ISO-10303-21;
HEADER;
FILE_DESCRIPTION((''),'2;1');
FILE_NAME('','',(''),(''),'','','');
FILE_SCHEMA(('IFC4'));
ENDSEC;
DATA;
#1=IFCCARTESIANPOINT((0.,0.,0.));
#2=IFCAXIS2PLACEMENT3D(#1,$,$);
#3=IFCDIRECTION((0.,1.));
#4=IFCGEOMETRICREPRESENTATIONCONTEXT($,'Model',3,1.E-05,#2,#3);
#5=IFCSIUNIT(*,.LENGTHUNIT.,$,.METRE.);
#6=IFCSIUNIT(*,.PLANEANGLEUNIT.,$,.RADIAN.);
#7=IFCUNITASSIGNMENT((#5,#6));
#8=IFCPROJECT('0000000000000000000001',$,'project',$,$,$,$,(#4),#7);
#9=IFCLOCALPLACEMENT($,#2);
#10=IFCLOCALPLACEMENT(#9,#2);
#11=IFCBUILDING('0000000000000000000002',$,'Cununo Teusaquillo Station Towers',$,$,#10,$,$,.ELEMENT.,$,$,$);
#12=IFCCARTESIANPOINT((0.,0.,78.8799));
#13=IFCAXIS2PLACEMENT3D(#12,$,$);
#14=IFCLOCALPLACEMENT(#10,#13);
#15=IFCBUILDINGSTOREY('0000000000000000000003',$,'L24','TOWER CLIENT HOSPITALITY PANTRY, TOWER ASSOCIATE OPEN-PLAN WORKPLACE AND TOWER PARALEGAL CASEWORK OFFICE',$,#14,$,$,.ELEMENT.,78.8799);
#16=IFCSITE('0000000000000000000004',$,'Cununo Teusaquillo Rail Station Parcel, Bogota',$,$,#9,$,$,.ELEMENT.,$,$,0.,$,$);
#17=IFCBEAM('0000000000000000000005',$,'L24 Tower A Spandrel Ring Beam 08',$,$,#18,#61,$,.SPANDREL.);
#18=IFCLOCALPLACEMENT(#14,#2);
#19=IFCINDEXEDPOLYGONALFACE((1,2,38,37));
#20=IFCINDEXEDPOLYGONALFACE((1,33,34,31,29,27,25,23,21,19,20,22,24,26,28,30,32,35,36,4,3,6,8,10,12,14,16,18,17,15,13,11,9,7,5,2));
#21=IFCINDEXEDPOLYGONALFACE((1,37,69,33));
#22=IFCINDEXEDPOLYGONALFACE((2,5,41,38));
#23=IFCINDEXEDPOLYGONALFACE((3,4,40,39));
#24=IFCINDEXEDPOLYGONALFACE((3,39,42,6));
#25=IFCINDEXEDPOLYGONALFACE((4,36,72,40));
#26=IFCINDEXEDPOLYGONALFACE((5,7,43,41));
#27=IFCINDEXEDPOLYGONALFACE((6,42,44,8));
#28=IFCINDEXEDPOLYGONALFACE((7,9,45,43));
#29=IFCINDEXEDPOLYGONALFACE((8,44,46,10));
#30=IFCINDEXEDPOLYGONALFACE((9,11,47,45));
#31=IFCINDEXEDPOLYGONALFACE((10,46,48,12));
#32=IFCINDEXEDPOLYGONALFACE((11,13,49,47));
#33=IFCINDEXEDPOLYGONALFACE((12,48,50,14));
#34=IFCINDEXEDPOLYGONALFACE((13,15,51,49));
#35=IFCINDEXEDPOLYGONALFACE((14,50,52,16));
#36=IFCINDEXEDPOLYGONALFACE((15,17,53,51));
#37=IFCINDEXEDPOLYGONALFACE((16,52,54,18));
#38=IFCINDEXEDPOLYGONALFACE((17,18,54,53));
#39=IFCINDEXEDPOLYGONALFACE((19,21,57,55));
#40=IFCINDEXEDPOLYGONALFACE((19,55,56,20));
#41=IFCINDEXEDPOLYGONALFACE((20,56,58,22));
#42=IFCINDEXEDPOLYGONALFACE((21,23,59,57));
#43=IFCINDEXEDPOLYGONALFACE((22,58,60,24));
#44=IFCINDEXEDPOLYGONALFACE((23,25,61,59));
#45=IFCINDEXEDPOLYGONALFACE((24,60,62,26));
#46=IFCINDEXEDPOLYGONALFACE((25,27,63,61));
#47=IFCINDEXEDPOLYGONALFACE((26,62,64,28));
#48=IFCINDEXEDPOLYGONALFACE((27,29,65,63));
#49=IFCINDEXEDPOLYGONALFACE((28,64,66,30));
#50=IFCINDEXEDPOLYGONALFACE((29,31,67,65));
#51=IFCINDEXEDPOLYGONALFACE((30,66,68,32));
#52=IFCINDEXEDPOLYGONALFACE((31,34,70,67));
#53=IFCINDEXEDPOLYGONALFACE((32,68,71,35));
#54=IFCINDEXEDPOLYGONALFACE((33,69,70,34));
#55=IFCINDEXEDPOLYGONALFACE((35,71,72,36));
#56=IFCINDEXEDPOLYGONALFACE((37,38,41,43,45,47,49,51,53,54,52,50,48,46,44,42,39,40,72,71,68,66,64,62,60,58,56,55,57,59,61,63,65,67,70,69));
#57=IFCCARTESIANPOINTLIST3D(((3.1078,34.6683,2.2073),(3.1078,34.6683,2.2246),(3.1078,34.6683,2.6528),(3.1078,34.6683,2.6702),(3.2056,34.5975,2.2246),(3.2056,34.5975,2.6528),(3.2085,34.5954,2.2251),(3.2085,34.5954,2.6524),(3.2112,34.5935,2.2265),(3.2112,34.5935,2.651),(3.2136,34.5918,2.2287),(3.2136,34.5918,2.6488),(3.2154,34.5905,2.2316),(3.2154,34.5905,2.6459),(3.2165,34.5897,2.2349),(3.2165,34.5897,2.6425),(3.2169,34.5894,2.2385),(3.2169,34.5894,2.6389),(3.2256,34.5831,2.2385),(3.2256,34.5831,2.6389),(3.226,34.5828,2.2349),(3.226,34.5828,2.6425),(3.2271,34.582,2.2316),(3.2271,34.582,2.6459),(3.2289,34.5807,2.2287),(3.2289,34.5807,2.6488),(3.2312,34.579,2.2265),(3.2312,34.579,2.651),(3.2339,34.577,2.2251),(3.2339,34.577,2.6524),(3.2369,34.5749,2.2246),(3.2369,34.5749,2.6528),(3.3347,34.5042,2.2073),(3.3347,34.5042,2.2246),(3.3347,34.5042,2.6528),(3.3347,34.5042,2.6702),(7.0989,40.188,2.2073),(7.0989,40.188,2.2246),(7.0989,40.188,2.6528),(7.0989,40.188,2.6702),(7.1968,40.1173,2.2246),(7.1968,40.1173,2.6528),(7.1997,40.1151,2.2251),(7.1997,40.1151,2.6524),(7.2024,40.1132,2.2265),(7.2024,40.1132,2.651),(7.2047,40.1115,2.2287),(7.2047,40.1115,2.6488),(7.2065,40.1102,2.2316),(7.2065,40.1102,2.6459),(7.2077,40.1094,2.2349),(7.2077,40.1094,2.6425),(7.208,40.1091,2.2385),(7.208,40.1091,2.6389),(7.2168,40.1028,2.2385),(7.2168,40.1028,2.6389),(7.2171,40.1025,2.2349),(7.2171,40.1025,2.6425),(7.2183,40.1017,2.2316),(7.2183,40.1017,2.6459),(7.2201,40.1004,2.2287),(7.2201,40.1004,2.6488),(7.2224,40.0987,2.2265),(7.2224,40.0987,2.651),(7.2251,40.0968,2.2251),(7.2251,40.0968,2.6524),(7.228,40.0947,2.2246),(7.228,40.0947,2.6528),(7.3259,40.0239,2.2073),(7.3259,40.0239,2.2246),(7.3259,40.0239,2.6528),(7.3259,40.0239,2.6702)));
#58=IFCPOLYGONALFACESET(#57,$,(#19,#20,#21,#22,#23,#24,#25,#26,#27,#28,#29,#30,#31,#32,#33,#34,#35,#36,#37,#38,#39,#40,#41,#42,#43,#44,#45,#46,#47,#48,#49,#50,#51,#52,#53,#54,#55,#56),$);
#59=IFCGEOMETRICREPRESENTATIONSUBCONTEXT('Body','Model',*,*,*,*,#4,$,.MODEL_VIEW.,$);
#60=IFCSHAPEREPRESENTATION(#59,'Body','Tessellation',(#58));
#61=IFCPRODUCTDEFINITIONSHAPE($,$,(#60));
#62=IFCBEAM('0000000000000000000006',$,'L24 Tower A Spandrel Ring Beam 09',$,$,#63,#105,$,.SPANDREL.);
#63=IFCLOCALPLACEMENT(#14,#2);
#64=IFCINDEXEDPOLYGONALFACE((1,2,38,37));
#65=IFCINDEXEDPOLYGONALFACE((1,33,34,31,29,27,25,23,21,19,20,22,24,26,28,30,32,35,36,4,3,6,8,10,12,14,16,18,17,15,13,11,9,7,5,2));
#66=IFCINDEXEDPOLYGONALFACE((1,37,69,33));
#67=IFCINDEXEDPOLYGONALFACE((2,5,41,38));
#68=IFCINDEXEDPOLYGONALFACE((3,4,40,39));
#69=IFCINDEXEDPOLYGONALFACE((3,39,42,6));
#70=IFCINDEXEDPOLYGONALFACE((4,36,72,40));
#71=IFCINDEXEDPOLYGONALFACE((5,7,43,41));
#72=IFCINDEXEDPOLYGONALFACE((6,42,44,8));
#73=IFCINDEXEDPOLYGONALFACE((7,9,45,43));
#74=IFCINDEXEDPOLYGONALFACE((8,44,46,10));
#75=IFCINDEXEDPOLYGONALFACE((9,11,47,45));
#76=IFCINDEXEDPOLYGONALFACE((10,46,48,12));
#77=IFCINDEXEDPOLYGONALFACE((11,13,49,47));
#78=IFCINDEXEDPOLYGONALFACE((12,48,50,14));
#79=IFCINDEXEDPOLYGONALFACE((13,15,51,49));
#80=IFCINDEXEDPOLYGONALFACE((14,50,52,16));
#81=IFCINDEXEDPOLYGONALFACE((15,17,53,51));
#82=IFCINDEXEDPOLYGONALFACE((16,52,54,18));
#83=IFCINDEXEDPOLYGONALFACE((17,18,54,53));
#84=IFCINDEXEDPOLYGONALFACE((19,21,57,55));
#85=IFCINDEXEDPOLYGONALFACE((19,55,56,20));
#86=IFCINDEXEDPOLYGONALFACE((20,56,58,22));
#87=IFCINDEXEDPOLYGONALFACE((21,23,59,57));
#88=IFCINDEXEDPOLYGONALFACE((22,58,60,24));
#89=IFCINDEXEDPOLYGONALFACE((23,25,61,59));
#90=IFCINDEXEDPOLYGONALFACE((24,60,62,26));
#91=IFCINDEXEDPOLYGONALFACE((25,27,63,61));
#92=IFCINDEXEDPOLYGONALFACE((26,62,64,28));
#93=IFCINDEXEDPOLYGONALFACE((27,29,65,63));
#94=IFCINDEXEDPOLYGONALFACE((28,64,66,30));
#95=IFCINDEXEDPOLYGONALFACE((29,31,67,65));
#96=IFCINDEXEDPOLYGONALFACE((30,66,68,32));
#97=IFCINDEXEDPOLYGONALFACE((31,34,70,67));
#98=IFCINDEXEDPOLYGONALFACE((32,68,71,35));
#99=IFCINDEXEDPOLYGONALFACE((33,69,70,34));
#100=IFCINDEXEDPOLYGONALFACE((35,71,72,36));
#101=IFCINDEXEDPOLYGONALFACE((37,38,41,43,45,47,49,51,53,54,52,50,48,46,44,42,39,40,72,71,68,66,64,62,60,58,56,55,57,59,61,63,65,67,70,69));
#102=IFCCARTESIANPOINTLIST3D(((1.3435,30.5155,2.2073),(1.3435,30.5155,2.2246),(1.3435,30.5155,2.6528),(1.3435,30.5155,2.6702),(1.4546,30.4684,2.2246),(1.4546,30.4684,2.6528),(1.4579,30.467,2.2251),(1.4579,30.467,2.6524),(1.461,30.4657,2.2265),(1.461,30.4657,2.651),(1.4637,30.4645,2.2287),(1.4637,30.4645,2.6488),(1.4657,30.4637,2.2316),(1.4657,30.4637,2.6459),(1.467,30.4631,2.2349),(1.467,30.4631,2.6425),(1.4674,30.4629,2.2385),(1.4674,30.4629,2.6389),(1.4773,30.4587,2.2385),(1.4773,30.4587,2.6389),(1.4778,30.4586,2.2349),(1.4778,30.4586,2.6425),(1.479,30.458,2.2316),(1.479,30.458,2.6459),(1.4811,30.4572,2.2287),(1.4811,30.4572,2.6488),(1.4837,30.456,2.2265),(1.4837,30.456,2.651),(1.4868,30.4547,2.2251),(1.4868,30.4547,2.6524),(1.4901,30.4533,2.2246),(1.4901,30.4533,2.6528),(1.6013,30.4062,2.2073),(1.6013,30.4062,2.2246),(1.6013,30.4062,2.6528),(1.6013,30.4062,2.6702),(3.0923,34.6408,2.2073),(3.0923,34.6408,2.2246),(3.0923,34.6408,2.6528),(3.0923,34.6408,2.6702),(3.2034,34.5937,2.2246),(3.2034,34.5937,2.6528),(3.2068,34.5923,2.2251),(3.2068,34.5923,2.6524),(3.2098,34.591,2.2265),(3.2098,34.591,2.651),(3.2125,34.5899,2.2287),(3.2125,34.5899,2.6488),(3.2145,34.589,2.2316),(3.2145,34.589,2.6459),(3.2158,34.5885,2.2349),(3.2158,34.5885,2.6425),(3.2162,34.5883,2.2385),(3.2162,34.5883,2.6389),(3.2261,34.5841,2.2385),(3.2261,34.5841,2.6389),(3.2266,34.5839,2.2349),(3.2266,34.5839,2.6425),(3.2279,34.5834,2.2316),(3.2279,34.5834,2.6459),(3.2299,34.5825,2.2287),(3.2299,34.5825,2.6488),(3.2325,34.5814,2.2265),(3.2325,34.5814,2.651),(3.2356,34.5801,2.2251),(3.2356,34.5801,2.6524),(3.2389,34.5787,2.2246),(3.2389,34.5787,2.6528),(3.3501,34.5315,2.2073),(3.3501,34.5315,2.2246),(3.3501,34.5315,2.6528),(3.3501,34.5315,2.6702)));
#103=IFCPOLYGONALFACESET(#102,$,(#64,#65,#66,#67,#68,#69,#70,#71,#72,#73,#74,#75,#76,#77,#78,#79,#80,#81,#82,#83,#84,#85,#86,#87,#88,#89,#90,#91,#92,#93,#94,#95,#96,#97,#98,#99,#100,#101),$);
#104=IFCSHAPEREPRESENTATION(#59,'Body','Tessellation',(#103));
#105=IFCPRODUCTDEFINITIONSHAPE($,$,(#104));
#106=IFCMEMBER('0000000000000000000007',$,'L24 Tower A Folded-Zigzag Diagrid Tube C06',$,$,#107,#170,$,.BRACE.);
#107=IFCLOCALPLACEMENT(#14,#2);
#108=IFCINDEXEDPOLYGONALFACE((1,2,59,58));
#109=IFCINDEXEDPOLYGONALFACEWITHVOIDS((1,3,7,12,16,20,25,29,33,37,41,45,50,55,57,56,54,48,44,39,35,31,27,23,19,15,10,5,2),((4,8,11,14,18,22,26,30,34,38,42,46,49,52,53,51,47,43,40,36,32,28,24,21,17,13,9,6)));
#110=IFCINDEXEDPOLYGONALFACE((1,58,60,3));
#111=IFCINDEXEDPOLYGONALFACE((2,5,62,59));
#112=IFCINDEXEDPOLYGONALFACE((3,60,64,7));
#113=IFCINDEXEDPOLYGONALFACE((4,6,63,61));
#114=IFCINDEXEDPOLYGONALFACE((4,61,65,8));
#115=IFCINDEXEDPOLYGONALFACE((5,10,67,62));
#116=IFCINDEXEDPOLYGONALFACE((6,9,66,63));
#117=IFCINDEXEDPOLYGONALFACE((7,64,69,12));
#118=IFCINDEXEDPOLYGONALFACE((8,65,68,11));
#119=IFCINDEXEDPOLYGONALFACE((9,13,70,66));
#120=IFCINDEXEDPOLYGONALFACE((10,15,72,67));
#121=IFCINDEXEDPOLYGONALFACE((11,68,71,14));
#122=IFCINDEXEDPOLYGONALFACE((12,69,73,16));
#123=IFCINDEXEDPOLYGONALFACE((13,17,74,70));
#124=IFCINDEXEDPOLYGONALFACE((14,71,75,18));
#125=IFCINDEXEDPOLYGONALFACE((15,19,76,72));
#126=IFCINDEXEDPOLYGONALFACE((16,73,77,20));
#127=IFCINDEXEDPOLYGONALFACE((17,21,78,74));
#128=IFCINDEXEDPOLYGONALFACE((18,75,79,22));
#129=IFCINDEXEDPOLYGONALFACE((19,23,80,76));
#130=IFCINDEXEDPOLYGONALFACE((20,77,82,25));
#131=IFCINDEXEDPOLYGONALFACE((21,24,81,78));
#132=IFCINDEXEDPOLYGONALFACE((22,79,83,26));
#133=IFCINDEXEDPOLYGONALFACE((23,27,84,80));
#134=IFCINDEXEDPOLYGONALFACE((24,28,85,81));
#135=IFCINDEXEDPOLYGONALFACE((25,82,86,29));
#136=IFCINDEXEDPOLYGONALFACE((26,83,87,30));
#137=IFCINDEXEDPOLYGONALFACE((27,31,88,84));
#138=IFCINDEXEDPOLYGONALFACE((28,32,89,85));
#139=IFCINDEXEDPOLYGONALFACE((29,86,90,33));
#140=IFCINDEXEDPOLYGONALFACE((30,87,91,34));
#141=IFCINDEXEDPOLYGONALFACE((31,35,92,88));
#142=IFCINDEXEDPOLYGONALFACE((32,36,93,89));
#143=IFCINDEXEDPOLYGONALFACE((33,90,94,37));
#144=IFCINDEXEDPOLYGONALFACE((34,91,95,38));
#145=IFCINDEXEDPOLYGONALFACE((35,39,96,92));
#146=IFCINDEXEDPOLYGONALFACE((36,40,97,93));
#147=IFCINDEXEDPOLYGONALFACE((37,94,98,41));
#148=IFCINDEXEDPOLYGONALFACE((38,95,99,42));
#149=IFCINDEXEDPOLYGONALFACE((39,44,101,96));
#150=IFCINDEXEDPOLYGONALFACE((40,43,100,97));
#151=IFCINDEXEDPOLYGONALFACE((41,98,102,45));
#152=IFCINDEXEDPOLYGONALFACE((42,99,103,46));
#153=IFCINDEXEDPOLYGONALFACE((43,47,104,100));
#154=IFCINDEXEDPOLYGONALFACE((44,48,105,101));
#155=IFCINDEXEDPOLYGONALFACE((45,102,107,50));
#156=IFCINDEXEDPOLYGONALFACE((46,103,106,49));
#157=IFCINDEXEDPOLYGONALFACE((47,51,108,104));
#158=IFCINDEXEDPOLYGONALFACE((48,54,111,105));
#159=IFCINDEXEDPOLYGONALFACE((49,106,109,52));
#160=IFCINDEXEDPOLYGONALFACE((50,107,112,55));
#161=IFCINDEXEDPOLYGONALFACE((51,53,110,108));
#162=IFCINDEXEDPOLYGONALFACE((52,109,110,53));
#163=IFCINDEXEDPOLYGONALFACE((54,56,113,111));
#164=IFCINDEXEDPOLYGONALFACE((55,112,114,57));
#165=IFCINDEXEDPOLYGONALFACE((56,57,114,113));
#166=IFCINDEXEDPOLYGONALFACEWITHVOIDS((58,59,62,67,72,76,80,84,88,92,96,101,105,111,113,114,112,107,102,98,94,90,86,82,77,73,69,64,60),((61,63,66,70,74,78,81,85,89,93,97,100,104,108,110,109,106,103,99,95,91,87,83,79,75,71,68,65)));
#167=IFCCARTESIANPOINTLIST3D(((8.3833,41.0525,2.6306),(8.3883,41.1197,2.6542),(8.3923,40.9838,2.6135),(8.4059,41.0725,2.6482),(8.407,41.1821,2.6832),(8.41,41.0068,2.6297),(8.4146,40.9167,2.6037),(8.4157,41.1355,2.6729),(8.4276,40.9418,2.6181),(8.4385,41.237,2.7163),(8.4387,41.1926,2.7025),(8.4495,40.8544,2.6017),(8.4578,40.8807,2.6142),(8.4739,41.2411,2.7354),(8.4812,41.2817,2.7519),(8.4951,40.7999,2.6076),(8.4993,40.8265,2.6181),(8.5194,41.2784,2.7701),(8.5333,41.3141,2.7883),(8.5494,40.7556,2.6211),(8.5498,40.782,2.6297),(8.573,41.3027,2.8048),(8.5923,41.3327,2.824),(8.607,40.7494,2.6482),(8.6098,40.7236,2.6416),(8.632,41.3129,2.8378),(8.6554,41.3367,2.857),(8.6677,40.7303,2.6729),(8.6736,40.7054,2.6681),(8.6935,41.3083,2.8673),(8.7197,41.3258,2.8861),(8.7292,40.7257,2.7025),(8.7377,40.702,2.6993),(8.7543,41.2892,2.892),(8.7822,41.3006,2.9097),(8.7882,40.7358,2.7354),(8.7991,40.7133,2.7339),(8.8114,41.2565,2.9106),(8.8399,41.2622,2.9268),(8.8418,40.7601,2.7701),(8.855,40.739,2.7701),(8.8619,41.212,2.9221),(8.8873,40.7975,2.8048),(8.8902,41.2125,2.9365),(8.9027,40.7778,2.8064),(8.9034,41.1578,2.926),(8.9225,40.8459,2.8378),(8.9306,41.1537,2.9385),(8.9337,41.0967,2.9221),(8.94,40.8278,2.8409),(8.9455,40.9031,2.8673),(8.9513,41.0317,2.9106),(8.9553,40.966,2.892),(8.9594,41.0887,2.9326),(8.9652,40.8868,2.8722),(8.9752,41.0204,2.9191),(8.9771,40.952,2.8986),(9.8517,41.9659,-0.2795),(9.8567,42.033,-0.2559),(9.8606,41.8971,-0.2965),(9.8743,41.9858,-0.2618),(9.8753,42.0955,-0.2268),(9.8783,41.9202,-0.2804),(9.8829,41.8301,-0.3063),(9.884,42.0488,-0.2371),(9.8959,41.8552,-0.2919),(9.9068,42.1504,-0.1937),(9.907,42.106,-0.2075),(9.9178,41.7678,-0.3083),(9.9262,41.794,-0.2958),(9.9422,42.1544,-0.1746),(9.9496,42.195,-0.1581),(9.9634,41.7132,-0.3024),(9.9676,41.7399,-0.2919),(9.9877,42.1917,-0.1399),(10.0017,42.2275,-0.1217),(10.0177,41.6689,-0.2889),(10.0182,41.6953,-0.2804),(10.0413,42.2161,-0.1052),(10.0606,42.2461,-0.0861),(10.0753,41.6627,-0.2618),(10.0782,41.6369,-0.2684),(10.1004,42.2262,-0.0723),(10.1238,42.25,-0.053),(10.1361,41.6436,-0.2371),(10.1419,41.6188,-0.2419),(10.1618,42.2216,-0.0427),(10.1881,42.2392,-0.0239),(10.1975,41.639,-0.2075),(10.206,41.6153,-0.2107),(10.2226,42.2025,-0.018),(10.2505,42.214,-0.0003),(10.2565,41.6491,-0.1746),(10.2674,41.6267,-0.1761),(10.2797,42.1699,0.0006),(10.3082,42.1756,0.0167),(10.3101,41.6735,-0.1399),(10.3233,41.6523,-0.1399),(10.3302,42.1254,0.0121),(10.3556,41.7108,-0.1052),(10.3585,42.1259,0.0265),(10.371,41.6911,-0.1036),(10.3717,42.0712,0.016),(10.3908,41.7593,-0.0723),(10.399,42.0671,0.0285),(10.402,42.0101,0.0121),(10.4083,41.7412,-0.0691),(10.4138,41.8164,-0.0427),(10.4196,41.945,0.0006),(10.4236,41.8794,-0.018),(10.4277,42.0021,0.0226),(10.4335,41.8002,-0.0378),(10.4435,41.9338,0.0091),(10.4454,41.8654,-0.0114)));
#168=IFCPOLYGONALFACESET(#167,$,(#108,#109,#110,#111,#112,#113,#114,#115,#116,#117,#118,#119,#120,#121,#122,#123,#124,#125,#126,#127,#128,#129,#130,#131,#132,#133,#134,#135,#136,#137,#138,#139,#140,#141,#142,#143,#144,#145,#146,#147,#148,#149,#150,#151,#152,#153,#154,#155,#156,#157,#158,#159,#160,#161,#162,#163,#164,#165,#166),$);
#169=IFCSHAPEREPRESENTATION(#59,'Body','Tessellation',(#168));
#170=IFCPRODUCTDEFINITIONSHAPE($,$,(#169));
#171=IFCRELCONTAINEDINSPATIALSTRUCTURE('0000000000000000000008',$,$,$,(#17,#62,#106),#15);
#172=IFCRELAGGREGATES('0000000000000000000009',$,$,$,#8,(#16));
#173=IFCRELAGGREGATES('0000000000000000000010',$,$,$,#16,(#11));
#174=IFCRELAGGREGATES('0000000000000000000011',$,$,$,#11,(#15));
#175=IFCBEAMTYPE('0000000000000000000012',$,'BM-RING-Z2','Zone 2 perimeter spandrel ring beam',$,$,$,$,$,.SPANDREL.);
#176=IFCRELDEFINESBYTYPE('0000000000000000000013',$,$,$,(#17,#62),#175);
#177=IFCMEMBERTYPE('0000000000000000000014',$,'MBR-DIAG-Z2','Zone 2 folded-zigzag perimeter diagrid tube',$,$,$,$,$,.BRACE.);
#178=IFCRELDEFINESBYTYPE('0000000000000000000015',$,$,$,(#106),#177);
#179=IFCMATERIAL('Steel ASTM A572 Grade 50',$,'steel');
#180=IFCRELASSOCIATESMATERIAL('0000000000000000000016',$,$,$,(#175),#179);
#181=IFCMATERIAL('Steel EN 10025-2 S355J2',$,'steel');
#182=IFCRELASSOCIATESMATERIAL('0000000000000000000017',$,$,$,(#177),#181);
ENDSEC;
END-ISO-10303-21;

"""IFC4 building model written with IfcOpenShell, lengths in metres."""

from ifc_helpers import new_model, si_unit, direction, frame, origin, origin_2d, place, context, subcontext, project, spatial, hollow_circle, i_section, extrude, material, material_profile, profile_set, type_object, element, save


model = new_model("IFC4")

# Units and contexts
model_context = context("Model", 3, precision=1e-05, world=origin(), true_north=direction((0.0, 1.0)))
body_context = subcontext(model_context, "Body", "Model", "MODEL_VIEW")
ifc_project = project(units=[si_unit("LENGTHUNIT", "METRE"), si_unit("PLANEANGLEUNIT", "RADIAN")], contexts=[model_context])

# Site, building, storey
site_placement = place(None, origin())
site = spatial("IfcSite", under=ifc_project, at=site_placement, Name="Cununo Teusaquillo Rail Station Parcel, Bogota", CompositionType="ELEMENT", RefElevation=0.0)
building_placement = place(site_placement, origin())
building = spatial("IfcBuilding", under=site, at=building_placement, Name="Cununo Teusaquillo Station Towers", CompositionType="ELEMENT")
storey_placement = place(building_placement, frame((0.0, 0.0, 78.8799)))
storey = spatial("IfcBuildingStorey", under=building, at=storey_placement, Name="L24", Description="TOWER CLIENT HOSPITALITY PANTRY, TOWER ASSOCIATE OPEN-PLAN WORKPLACE AND TOWER PARALEGAL CASEWORK OFFICE", CompositionType="ELEMENT", Elevation=78.8799)

# Beams
ifc_material_1 = material(Name="Steel ASTM A572 Grade 50", Category="steel")
ifc_material_profile_1 = material_profile(ifc_material_1, i_section(OverallWidth=0.28, OverallDepth=0.4629, WebThickness=0.0107, FlangeThickness=0.0173, FilletRadius=0.0139, at=origin_2d()), Name="W18X76")
ifc_profile_set_1 = profile_set([ifc_material_profile_1], Name="Steel ASTM A572 Grade 50")
beam_type_1 = type_object("IfcBeamType", Name="BM-RING-Z2", Description="Zone 2 perimeter spandrel ring beam", PredefinedType="SPANDREL", material=ifc_profile_set_1)
beam_1_placement = place(storey_placement, frame((7.2124, 40.106, 2.4387), z_axis=(-0.585945, -0.810351, 0.0), x_axis=(0.810351, -0.585945, 0.0)))
element("IfcBeam", 1, at=beam_1_placement, inside=storey, type_object=beam_type_1, Name="L24 Tower A Spandrel Ring Beam 08", PredefinedType="SPANDREL", context=body_context, shape_type="SweptSolid", body=[
    extrude(i_section(OverallWidth=0.28, OverallDepth=0.4629, WebThickness=0.0107, FlangeThickness=0.0173, FilletRadius=0.0139, at=origin_2d()), origin(), (0.0, 0.0, 1.0), 6.8115),
])
beam_2_placement = place(storey_placement, frame((3.2212, 34.5862, 2.4387), z_axis=(-0.390299, -0.920688, 0.0), x_axis=(0.920688, -0.390299, 0.0)))
element("IfcBeam", 2, at=beam_2_placement, inside=storey, type_object=beam_type_1, Name="L24 Tower A Spandrel Ring Beam 09", PredefinedType="SPANDREL", context=body_context, shape_type="SweptSolid", body=[
    extrude(i_section(OverallWidth=0.28, OverallDepth=0.4629, WebThickness=0.0107, FlangeThickness=0.0173, FilletRadius=0.0139, at=origin_2d()), origin(), (0.0, 0.0, 1.0), 4.4807),
])

# Member
ifc_material_2 = material(Name="Steel EN 10025-2 S355J2", Category="steel")
ifc_material_profile_2 = material_profile(ifc_material_2, hollow_circle(Radius=0.3301, WallThickness=0.0249, at=origin_2d()), Name="CHS 660x25")
ifc_profile_set_2 = profile_set([ifc_material_profile_2], Name="Steel EN 10025-2 S355J2")
member_type = type_object("IfcMemberType", Name="MBR-DIAG-Z2", Description="Zone 2 folded-zigzag perimeter diagrid tube", PredefinedType="BRACE", material=ifc_profile_set_2)
member_1_placement = place(storey_placement, frame((10.1489, 41.9326, -0.1399), z_axis=(-0.433768, -0.269825, 0.859674), x_axis=(0.528196, -0.849123, 0.0)))
element("IfcMember", 3, at=member_1_placement, inside=storey, type_object=member_type, Name="L24 Tower A Folded-Zigzag Diagrid Tube C06", PredefinedType="BRACE", context=body_context, shape_type="SweptSolid", body=[
    extrude(hollow_circle(Radius=0.3301, WallThickness=0.0249, at=origin_2d()), origin(), (0.0, 0.0, 1.0), 3.385),
])

save(model, "model.ifc")
